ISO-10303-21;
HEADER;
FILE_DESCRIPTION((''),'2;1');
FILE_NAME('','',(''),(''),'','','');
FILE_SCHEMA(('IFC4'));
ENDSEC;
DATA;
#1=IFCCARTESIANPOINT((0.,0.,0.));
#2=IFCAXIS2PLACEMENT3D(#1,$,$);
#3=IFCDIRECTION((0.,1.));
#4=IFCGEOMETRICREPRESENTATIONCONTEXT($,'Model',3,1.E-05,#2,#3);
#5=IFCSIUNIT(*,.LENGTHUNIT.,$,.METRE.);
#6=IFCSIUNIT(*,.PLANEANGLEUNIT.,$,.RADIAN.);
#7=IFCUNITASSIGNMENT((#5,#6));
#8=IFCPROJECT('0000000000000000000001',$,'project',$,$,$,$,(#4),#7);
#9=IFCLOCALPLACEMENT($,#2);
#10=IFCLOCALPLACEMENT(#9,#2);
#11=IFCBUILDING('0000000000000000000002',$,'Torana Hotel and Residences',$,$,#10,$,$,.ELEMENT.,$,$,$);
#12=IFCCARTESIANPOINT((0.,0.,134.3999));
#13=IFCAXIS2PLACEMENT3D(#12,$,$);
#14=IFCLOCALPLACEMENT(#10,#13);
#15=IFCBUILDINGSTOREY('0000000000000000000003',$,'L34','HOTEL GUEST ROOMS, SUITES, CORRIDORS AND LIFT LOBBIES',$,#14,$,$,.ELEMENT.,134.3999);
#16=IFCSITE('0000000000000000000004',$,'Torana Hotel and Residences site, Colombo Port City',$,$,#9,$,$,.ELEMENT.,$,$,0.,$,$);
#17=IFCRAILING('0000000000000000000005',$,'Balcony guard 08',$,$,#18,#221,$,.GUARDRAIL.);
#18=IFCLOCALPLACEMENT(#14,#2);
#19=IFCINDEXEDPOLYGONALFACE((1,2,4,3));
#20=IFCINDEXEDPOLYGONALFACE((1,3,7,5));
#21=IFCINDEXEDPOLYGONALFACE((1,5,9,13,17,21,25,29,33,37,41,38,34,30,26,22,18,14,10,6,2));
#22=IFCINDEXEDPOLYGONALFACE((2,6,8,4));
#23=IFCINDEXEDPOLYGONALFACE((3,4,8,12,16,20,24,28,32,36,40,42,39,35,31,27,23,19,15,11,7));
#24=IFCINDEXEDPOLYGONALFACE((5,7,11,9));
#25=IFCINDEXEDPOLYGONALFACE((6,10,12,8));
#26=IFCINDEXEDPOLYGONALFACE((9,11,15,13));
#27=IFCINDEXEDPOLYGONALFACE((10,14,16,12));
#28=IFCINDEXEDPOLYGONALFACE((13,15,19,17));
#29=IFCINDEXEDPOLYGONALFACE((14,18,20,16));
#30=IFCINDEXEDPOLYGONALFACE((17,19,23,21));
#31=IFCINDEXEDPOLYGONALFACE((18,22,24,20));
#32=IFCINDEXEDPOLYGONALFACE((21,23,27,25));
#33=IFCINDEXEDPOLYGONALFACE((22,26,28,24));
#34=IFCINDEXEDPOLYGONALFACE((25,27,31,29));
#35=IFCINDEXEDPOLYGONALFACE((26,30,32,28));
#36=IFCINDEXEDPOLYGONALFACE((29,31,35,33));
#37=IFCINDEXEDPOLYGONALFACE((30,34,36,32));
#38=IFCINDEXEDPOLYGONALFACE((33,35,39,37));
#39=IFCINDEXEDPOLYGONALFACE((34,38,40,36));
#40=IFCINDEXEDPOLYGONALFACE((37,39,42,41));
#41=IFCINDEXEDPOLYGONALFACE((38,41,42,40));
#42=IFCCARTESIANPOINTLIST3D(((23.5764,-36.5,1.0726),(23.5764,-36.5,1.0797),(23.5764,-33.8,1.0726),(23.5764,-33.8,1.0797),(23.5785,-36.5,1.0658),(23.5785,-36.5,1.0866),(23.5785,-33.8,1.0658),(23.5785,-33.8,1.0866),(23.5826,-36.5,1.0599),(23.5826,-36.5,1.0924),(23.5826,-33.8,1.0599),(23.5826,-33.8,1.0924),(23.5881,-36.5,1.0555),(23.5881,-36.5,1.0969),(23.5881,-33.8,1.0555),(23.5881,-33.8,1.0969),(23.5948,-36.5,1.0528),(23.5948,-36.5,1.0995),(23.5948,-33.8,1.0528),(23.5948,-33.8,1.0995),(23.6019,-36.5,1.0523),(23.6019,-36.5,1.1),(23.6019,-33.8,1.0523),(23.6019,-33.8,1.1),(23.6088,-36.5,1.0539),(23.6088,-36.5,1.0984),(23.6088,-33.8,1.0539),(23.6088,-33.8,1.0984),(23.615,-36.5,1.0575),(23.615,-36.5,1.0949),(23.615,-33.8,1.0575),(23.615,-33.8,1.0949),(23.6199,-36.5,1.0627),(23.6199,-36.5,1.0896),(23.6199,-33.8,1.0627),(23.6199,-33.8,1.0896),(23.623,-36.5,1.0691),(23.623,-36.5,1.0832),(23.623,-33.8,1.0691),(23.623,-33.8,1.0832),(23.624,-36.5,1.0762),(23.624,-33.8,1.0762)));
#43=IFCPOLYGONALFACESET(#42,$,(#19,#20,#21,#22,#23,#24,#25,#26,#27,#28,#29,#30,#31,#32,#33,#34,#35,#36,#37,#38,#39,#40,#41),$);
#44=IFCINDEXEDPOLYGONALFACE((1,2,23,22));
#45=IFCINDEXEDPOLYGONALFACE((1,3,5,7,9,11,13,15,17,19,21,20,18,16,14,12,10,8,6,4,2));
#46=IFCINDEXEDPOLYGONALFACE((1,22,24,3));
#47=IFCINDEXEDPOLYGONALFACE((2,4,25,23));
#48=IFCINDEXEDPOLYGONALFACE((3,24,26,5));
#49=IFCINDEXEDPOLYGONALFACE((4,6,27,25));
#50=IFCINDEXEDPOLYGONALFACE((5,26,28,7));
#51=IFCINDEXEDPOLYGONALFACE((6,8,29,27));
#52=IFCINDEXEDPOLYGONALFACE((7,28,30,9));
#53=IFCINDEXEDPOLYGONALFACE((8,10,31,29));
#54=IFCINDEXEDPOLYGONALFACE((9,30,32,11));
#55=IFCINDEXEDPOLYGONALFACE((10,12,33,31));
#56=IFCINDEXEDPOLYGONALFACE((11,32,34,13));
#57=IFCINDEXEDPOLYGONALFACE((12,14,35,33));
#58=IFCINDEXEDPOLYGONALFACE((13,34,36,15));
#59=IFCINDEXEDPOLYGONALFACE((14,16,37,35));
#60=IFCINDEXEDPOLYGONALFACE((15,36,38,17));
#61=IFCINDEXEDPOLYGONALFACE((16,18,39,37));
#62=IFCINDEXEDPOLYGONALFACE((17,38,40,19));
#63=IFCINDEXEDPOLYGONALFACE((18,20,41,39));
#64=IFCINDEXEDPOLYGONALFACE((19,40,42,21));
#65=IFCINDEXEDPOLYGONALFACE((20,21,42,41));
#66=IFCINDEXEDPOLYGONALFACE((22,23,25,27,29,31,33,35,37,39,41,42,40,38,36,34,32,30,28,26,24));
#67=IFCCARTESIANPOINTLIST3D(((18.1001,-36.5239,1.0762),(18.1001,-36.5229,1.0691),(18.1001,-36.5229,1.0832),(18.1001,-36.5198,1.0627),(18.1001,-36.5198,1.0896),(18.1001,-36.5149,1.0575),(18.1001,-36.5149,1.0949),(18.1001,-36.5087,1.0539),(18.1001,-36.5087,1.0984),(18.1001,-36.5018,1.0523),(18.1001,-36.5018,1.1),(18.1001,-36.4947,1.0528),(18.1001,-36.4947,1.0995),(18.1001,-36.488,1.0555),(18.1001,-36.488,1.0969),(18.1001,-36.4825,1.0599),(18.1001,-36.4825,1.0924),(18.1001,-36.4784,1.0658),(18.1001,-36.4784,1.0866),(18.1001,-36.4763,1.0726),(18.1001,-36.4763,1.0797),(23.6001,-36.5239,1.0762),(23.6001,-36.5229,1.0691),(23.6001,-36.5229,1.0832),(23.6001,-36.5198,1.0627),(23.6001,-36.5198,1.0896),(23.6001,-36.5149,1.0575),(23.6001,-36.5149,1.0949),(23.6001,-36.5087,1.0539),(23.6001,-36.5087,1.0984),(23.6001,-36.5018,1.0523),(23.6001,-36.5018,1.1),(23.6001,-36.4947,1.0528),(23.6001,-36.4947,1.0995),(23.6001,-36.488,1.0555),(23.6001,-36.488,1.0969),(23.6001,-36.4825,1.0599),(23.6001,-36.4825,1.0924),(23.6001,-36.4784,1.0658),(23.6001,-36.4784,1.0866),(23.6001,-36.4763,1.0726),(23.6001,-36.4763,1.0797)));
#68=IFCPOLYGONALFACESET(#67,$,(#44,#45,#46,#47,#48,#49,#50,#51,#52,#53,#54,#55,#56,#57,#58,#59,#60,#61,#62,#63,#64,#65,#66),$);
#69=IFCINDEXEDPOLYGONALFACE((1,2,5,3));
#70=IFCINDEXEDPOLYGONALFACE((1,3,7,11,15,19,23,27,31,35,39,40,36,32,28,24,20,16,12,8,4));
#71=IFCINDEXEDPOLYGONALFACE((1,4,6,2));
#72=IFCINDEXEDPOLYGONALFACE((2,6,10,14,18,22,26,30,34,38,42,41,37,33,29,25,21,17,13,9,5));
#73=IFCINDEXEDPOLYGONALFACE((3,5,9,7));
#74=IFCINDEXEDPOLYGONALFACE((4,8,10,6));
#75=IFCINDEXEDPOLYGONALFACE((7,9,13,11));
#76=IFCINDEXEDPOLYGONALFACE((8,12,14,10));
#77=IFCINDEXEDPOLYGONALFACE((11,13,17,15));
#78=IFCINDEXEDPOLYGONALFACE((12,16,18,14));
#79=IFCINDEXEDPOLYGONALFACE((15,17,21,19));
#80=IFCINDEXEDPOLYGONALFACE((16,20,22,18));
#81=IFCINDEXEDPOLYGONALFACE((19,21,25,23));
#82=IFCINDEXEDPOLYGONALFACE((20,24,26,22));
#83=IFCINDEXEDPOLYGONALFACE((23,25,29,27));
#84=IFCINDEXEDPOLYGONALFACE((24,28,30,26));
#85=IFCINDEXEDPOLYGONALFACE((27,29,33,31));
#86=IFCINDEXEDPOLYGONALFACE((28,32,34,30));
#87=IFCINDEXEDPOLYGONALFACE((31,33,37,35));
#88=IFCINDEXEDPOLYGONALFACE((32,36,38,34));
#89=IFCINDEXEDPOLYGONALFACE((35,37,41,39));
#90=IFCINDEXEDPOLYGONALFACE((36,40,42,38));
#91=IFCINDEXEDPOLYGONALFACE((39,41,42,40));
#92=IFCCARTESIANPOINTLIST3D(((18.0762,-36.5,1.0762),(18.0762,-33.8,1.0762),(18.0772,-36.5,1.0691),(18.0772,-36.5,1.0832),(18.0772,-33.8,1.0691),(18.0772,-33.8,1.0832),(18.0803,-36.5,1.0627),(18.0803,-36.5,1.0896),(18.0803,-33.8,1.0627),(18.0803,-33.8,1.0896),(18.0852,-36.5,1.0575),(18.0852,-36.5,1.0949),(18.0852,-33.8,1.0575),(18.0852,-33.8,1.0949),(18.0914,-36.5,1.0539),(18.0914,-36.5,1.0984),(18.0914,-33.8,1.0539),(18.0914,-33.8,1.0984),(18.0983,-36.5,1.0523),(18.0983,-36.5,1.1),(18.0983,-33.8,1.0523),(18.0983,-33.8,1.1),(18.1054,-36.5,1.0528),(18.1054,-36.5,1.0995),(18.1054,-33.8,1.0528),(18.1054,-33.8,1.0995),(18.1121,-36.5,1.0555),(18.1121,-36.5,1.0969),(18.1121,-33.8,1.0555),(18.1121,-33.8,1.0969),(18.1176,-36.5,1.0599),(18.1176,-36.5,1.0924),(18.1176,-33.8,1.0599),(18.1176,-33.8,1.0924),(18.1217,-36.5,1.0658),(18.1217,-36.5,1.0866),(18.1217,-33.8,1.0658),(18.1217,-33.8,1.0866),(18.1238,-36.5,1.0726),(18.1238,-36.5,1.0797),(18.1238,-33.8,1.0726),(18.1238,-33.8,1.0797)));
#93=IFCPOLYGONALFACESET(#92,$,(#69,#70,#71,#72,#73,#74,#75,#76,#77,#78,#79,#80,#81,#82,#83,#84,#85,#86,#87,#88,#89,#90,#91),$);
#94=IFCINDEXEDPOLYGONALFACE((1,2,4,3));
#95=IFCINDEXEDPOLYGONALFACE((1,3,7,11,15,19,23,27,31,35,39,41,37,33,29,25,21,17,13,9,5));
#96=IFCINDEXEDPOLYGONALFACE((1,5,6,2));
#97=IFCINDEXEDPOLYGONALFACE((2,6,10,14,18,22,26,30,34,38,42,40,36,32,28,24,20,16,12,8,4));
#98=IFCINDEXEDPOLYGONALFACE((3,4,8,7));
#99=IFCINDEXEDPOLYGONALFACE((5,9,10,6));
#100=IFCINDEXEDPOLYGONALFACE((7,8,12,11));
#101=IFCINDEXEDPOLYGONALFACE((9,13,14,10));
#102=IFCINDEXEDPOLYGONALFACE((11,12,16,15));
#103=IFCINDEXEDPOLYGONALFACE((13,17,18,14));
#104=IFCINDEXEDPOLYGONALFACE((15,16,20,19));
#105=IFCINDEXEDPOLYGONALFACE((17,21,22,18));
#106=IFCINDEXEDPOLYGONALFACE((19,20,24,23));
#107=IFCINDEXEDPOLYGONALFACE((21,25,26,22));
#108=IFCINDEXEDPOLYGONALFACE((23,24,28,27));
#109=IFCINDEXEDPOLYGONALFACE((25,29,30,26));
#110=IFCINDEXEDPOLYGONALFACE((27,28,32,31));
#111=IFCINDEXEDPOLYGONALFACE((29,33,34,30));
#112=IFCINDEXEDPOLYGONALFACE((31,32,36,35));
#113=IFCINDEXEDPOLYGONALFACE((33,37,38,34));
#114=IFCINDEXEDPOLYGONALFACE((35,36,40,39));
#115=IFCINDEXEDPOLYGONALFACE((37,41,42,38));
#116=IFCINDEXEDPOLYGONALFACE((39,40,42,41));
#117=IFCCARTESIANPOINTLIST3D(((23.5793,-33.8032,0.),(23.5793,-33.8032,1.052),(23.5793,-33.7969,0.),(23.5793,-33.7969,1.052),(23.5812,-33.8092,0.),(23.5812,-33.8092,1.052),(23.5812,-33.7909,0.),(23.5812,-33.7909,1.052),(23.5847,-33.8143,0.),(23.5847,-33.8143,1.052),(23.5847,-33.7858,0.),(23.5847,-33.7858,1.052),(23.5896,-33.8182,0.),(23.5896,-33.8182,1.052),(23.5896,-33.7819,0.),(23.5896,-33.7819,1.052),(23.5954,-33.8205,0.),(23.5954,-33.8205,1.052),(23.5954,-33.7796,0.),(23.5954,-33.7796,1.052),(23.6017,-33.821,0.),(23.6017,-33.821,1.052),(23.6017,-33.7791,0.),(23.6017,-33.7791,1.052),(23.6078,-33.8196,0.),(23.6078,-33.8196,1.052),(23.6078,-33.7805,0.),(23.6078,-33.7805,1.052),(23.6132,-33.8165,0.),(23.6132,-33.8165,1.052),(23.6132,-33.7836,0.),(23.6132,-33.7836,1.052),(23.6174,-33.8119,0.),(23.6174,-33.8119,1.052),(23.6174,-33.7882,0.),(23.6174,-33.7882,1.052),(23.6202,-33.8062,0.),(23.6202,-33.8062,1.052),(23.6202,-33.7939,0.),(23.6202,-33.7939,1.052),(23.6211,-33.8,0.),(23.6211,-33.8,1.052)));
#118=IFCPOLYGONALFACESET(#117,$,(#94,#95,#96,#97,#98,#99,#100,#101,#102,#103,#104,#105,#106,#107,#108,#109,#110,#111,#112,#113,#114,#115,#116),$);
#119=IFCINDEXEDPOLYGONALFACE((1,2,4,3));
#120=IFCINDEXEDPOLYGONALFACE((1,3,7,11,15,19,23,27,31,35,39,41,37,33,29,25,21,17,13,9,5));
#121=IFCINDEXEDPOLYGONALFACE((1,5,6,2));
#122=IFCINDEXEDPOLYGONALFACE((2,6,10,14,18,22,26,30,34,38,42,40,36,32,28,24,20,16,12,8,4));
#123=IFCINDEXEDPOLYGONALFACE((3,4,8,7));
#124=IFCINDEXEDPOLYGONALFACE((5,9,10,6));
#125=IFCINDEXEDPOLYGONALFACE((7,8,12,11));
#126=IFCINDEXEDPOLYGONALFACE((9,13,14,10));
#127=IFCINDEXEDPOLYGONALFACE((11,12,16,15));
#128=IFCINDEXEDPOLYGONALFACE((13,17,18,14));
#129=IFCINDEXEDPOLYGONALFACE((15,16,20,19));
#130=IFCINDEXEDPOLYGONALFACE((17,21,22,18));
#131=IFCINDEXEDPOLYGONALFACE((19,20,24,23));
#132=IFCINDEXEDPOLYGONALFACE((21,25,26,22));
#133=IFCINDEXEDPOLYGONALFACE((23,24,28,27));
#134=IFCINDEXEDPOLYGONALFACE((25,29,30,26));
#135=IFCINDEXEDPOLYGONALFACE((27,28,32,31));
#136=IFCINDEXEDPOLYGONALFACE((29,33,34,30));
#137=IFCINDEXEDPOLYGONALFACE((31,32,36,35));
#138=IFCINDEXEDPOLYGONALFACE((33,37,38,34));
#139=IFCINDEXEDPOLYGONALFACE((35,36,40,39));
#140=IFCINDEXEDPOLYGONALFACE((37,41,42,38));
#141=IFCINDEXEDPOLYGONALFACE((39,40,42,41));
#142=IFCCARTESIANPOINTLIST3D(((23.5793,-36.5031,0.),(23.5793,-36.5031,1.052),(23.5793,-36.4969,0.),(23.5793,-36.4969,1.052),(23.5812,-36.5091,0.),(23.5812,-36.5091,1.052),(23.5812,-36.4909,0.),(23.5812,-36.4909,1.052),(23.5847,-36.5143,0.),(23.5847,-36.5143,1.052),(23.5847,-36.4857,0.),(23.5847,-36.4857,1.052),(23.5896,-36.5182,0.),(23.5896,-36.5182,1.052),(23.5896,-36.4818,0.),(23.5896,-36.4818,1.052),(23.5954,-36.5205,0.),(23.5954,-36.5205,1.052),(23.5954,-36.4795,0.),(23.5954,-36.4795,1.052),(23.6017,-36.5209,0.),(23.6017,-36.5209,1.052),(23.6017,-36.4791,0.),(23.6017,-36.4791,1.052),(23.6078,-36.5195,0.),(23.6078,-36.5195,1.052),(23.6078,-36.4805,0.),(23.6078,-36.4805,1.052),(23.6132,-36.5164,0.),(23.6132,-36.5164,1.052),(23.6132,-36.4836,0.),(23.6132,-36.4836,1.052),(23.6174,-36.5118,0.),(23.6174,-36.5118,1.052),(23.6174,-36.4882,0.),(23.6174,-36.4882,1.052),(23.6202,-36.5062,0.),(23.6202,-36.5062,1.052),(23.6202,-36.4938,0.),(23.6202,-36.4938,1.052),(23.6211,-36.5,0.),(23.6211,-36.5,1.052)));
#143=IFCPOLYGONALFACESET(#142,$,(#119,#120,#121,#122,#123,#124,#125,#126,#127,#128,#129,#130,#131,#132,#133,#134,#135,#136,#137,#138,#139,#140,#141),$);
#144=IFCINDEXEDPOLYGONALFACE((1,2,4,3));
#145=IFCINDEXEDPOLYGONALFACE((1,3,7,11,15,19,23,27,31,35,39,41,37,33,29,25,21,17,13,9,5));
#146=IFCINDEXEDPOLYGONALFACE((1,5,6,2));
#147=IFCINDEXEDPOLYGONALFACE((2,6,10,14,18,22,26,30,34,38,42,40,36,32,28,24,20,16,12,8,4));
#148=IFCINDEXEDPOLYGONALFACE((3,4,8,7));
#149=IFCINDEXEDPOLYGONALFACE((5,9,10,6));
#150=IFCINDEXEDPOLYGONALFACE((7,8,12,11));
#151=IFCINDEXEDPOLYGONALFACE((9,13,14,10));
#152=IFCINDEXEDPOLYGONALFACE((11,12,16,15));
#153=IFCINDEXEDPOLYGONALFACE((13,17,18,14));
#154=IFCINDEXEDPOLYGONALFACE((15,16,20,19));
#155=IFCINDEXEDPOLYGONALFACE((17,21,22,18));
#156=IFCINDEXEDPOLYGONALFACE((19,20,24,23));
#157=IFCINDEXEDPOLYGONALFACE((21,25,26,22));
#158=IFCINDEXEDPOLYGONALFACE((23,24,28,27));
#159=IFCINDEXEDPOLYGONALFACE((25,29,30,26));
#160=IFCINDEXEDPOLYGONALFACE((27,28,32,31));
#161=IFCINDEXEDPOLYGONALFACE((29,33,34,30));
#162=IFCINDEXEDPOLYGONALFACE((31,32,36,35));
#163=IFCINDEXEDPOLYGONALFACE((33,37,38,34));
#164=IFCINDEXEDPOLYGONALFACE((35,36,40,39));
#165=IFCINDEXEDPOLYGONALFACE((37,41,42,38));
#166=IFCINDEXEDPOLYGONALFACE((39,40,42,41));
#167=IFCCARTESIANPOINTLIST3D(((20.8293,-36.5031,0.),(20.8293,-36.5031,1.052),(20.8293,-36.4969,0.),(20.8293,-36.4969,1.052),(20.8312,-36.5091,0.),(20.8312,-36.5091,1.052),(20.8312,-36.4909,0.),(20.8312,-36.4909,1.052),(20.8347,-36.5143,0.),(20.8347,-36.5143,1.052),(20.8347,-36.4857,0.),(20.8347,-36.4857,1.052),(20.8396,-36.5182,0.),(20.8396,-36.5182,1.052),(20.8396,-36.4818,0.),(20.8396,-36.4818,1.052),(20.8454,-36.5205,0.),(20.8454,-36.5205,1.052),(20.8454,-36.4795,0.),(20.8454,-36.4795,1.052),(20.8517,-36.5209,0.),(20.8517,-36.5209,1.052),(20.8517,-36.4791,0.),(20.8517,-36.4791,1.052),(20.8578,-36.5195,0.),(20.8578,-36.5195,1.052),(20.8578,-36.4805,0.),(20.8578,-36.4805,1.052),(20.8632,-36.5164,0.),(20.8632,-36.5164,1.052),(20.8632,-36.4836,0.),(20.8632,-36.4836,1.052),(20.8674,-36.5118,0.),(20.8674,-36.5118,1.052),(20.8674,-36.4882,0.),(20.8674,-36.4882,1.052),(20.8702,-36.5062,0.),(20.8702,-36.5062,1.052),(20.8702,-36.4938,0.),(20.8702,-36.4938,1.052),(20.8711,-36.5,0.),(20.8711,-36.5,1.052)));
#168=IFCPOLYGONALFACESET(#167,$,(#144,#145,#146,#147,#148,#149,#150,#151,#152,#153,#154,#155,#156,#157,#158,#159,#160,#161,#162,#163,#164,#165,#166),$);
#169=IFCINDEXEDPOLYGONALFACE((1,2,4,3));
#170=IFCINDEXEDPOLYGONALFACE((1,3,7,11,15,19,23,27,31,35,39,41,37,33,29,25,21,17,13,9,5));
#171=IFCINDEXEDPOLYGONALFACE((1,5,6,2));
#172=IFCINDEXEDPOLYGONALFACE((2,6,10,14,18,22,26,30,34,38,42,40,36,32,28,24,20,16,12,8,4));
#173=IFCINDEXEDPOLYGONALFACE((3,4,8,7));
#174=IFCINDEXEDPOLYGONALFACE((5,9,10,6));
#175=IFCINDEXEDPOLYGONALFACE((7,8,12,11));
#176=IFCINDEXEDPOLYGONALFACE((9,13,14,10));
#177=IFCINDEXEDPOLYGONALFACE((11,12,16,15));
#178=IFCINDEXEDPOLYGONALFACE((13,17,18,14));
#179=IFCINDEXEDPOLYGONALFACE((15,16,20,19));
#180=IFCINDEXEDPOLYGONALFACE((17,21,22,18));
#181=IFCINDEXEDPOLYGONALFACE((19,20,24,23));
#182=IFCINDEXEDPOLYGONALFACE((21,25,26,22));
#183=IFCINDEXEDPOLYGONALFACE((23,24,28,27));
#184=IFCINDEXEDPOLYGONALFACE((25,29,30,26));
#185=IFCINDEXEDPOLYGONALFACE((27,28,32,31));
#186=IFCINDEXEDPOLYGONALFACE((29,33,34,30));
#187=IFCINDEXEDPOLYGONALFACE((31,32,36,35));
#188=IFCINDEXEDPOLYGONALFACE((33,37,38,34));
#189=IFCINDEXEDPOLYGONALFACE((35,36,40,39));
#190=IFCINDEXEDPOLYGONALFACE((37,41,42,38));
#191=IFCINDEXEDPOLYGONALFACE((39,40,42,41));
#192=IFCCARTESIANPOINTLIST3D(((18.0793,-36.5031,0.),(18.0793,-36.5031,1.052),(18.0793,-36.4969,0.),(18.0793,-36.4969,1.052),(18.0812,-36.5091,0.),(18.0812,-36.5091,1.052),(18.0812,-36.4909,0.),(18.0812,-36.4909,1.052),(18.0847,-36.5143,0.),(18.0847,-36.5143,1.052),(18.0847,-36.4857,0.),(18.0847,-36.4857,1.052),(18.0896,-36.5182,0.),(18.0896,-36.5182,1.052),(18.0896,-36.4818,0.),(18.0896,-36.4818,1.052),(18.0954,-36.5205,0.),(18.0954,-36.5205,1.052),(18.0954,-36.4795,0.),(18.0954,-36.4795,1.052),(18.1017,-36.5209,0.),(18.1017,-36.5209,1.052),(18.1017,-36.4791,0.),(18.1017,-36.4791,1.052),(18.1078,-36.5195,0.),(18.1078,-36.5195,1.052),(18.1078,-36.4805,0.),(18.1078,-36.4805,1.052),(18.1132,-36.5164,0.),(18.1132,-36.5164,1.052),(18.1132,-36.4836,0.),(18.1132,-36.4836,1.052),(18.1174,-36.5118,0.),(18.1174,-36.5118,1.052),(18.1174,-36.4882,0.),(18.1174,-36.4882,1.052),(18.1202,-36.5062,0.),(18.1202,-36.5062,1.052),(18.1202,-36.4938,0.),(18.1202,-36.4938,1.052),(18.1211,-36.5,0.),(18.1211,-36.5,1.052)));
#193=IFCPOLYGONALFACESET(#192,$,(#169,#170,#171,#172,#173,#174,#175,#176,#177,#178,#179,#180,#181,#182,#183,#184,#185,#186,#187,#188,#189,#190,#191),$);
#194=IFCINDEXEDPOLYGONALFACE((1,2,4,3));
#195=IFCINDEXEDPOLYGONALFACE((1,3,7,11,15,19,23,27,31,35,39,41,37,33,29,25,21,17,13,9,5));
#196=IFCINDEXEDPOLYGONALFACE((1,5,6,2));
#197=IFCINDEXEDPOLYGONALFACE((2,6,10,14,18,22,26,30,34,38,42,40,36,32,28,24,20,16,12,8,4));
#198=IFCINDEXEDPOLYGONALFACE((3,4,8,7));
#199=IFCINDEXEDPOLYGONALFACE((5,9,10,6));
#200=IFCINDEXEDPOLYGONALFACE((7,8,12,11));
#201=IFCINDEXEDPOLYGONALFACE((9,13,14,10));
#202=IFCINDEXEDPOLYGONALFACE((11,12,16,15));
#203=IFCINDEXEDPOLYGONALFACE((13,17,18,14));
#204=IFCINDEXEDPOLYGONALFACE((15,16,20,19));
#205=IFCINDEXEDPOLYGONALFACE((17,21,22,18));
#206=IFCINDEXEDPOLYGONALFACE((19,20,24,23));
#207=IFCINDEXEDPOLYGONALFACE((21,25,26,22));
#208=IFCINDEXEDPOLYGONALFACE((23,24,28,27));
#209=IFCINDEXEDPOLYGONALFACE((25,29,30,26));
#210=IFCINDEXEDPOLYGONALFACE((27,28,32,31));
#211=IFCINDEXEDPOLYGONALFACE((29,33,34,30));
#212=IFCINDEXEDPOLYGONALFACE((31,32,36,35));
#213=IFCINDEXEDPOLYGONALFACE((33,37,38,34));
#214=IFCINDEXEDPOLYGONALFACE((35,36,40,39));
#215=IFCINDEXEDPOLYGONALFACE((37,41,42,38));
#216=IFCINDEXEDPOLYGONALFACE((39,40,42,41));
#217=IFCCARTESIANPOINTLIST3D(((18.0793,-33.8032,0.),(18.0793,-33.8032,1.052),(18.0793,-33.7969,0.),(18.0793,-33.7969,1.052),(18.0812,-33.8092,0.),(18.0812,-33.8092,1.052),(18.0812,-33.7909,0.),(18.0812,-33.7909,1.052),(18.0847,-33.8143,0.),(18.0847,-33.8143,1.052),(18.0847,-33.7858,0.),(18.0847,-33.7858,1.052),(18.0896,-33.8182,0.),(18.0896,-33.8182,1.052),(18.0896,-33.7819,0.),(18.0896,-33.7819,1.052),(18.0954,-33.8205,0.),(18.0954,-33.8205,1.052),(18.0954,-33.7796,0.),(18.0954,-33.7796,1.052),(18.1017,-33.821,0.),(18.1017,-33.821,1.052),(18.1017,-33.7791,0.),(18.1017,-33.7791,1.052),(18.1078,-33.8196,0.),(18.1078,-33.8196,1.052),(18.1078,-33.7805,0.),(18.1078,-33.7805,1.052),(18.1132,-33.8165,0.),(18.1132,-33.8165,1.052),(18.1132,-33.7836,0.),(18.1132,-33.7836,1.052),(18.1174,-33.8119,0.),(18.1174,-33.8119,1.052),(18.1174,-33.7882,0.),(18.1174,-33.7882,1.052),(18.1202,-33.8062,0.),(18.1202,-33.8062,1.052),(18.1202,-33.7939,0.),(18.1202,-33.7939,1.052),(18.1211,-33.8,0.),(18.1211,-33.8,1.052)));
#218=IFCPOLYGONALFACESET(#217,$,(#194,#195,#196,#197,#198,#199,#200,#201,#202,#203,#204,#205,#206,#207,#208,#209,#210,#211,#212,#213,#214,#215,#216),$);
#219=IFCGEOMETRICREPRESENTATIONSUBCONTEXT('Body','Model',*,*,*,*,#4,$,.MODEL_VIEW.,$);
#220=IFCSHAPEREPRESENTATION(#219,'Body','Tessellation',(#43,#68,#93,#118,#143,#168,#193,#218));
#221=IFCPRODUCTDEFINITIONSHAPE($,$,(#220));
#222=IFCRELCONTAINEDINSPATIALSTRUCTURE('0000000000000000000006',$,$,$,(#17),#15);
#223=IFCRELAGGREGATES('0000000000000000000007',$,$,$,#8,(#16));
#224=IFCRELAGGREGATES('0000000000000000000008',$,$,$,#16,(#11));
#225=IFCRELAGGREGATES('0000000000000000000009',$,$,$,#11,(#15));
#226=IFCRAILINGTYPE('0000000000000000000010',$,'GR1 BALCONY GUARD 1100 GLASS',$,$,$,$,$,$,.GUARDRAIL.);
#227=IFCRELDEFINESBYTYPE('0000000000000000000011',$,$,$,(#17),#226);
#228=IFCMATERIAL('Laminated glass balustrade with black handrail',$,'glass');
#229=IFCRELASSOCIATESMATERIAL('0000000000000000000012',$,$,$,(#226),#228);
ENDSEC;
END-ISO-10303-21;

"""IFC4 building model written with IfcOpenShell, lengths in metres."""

from ifc_helpers import new_model, si_unit, direction, frame, origin, origin_2d, place, context, subcontext, project, spatial, circle, extrude, material, type_object, element, save


model = new_model("IFC4")

# Units and contexts
model_context = context("Model", 3, precision=1e-05, world=origin(), true_north=direction((0.0, 1.0)))
body_context = subcontext(model_context, "Body", "Model", "MODEL_VIEW")
ifc_project = project(units=[si_unit("LENGTHUNIT", "METRE"), si_unit("PLANEANGLEUNIT", "RADIAN")], contexts=[model_context])

# Site, building, storey
site_placement = place(None, origin())
site = spatial("IfcSite", under=ifc_project, at=site_placement, Name="Torana Hotel and Residences site, Colombo Port City", CompositionType="ELEMENT", RefElevation=0.0)
building_placement = place(site_placement, origin())
building = spatial("IfcBuilding", under=site, at=building_placement, Name="Torana Hotel and Residences", CompositionType="ELEMENT")
storey_placement = place(building_placement, frame((0.0, 0.0, 134.3999)))
storey = spatial("IfcBuildingStorey", under=building, at=storey_placement, Name="L34", Description="HOTEL GUEST ROOMS, SUITES, CORRIDORS AND LIFT LOBBIES", CompositionType="ELEMENT", Elevation=134.3999)

# Railing
ifc_material_1 = material(Name="Laminated glass balustrade with black handrail", Category="glass")
railing_type = type_object("IfcRailingType", Name="GR1 BALCONY GUARD 1100 GLASS", PredefinedType="GUARDRAIL", material=ifc_material_1)
railing_1_placement = place(storey_placement, frame((23.6001, -33.8, 0.0)))
element("IfcRailing", 1, at=railing_1_placement, inside=storey, type_object=railing_type, Name="Balcony guard 08", PredefinedType="GUARDRAIL", context=body_context, shape_type="SweptSolid", body=[
    extrude(circle(Radius=0.0239, at=origin_2d()), frame((0.0, 0.0, 1.0762), z_axis=(0.0, -1.0, 0.0), x_axis=(1.0, 0.0, 0.0)), (0.0, 0.0, 1.0), 2.7),
    extrude(circle(Radius=0.0239, at=origin_2d()), frame((0.0, -2.7, 1.0762), z_axis=(-1.0, 0.0, 0.0), x_axis=(0.0, -1.0, 0.0)), (0.0, 0.0, 1.0), 5.5),
    extrude(circle(Radius=0.0239, at=origin_2d()), frame((-5.5, -2.7, 1.0762), z_axis=(0.0, 1.0, 0.0), x_axis=(-1.0, 0.0, 0.0)), (0.0, 0.0, 1.0), 2.7),
    extrude(circle(Radius=0.021, at=origin_2d()), origin(), (0.0, 0.0, 1.0), 1.052),
    extrude(circle(Radius=0.021, at=origin_2d()), frame((0.0, -2.7, 0.0)), (0.0, 0.0, 1.0), 1.052),
    extrude(circle(Radius=0.021, at=origin_2d()), frame((-2.75, -2.7, 0.0)), (0.0, 0.0, 1.0), 1.052),
    extrude(circle(Radius=0.021, at=origin_2d()), frame((-5.5, -2.7, 0.0)), (0.0, 0.0, 1.0), 1.052),
    extrude(circle(Radius=0.021, at=origin_2d()), frame((-5.5, 0.0, 0.0)), (0.0, 0.0, 1.0), 1.052),
])

save(model, "model.ifc")
